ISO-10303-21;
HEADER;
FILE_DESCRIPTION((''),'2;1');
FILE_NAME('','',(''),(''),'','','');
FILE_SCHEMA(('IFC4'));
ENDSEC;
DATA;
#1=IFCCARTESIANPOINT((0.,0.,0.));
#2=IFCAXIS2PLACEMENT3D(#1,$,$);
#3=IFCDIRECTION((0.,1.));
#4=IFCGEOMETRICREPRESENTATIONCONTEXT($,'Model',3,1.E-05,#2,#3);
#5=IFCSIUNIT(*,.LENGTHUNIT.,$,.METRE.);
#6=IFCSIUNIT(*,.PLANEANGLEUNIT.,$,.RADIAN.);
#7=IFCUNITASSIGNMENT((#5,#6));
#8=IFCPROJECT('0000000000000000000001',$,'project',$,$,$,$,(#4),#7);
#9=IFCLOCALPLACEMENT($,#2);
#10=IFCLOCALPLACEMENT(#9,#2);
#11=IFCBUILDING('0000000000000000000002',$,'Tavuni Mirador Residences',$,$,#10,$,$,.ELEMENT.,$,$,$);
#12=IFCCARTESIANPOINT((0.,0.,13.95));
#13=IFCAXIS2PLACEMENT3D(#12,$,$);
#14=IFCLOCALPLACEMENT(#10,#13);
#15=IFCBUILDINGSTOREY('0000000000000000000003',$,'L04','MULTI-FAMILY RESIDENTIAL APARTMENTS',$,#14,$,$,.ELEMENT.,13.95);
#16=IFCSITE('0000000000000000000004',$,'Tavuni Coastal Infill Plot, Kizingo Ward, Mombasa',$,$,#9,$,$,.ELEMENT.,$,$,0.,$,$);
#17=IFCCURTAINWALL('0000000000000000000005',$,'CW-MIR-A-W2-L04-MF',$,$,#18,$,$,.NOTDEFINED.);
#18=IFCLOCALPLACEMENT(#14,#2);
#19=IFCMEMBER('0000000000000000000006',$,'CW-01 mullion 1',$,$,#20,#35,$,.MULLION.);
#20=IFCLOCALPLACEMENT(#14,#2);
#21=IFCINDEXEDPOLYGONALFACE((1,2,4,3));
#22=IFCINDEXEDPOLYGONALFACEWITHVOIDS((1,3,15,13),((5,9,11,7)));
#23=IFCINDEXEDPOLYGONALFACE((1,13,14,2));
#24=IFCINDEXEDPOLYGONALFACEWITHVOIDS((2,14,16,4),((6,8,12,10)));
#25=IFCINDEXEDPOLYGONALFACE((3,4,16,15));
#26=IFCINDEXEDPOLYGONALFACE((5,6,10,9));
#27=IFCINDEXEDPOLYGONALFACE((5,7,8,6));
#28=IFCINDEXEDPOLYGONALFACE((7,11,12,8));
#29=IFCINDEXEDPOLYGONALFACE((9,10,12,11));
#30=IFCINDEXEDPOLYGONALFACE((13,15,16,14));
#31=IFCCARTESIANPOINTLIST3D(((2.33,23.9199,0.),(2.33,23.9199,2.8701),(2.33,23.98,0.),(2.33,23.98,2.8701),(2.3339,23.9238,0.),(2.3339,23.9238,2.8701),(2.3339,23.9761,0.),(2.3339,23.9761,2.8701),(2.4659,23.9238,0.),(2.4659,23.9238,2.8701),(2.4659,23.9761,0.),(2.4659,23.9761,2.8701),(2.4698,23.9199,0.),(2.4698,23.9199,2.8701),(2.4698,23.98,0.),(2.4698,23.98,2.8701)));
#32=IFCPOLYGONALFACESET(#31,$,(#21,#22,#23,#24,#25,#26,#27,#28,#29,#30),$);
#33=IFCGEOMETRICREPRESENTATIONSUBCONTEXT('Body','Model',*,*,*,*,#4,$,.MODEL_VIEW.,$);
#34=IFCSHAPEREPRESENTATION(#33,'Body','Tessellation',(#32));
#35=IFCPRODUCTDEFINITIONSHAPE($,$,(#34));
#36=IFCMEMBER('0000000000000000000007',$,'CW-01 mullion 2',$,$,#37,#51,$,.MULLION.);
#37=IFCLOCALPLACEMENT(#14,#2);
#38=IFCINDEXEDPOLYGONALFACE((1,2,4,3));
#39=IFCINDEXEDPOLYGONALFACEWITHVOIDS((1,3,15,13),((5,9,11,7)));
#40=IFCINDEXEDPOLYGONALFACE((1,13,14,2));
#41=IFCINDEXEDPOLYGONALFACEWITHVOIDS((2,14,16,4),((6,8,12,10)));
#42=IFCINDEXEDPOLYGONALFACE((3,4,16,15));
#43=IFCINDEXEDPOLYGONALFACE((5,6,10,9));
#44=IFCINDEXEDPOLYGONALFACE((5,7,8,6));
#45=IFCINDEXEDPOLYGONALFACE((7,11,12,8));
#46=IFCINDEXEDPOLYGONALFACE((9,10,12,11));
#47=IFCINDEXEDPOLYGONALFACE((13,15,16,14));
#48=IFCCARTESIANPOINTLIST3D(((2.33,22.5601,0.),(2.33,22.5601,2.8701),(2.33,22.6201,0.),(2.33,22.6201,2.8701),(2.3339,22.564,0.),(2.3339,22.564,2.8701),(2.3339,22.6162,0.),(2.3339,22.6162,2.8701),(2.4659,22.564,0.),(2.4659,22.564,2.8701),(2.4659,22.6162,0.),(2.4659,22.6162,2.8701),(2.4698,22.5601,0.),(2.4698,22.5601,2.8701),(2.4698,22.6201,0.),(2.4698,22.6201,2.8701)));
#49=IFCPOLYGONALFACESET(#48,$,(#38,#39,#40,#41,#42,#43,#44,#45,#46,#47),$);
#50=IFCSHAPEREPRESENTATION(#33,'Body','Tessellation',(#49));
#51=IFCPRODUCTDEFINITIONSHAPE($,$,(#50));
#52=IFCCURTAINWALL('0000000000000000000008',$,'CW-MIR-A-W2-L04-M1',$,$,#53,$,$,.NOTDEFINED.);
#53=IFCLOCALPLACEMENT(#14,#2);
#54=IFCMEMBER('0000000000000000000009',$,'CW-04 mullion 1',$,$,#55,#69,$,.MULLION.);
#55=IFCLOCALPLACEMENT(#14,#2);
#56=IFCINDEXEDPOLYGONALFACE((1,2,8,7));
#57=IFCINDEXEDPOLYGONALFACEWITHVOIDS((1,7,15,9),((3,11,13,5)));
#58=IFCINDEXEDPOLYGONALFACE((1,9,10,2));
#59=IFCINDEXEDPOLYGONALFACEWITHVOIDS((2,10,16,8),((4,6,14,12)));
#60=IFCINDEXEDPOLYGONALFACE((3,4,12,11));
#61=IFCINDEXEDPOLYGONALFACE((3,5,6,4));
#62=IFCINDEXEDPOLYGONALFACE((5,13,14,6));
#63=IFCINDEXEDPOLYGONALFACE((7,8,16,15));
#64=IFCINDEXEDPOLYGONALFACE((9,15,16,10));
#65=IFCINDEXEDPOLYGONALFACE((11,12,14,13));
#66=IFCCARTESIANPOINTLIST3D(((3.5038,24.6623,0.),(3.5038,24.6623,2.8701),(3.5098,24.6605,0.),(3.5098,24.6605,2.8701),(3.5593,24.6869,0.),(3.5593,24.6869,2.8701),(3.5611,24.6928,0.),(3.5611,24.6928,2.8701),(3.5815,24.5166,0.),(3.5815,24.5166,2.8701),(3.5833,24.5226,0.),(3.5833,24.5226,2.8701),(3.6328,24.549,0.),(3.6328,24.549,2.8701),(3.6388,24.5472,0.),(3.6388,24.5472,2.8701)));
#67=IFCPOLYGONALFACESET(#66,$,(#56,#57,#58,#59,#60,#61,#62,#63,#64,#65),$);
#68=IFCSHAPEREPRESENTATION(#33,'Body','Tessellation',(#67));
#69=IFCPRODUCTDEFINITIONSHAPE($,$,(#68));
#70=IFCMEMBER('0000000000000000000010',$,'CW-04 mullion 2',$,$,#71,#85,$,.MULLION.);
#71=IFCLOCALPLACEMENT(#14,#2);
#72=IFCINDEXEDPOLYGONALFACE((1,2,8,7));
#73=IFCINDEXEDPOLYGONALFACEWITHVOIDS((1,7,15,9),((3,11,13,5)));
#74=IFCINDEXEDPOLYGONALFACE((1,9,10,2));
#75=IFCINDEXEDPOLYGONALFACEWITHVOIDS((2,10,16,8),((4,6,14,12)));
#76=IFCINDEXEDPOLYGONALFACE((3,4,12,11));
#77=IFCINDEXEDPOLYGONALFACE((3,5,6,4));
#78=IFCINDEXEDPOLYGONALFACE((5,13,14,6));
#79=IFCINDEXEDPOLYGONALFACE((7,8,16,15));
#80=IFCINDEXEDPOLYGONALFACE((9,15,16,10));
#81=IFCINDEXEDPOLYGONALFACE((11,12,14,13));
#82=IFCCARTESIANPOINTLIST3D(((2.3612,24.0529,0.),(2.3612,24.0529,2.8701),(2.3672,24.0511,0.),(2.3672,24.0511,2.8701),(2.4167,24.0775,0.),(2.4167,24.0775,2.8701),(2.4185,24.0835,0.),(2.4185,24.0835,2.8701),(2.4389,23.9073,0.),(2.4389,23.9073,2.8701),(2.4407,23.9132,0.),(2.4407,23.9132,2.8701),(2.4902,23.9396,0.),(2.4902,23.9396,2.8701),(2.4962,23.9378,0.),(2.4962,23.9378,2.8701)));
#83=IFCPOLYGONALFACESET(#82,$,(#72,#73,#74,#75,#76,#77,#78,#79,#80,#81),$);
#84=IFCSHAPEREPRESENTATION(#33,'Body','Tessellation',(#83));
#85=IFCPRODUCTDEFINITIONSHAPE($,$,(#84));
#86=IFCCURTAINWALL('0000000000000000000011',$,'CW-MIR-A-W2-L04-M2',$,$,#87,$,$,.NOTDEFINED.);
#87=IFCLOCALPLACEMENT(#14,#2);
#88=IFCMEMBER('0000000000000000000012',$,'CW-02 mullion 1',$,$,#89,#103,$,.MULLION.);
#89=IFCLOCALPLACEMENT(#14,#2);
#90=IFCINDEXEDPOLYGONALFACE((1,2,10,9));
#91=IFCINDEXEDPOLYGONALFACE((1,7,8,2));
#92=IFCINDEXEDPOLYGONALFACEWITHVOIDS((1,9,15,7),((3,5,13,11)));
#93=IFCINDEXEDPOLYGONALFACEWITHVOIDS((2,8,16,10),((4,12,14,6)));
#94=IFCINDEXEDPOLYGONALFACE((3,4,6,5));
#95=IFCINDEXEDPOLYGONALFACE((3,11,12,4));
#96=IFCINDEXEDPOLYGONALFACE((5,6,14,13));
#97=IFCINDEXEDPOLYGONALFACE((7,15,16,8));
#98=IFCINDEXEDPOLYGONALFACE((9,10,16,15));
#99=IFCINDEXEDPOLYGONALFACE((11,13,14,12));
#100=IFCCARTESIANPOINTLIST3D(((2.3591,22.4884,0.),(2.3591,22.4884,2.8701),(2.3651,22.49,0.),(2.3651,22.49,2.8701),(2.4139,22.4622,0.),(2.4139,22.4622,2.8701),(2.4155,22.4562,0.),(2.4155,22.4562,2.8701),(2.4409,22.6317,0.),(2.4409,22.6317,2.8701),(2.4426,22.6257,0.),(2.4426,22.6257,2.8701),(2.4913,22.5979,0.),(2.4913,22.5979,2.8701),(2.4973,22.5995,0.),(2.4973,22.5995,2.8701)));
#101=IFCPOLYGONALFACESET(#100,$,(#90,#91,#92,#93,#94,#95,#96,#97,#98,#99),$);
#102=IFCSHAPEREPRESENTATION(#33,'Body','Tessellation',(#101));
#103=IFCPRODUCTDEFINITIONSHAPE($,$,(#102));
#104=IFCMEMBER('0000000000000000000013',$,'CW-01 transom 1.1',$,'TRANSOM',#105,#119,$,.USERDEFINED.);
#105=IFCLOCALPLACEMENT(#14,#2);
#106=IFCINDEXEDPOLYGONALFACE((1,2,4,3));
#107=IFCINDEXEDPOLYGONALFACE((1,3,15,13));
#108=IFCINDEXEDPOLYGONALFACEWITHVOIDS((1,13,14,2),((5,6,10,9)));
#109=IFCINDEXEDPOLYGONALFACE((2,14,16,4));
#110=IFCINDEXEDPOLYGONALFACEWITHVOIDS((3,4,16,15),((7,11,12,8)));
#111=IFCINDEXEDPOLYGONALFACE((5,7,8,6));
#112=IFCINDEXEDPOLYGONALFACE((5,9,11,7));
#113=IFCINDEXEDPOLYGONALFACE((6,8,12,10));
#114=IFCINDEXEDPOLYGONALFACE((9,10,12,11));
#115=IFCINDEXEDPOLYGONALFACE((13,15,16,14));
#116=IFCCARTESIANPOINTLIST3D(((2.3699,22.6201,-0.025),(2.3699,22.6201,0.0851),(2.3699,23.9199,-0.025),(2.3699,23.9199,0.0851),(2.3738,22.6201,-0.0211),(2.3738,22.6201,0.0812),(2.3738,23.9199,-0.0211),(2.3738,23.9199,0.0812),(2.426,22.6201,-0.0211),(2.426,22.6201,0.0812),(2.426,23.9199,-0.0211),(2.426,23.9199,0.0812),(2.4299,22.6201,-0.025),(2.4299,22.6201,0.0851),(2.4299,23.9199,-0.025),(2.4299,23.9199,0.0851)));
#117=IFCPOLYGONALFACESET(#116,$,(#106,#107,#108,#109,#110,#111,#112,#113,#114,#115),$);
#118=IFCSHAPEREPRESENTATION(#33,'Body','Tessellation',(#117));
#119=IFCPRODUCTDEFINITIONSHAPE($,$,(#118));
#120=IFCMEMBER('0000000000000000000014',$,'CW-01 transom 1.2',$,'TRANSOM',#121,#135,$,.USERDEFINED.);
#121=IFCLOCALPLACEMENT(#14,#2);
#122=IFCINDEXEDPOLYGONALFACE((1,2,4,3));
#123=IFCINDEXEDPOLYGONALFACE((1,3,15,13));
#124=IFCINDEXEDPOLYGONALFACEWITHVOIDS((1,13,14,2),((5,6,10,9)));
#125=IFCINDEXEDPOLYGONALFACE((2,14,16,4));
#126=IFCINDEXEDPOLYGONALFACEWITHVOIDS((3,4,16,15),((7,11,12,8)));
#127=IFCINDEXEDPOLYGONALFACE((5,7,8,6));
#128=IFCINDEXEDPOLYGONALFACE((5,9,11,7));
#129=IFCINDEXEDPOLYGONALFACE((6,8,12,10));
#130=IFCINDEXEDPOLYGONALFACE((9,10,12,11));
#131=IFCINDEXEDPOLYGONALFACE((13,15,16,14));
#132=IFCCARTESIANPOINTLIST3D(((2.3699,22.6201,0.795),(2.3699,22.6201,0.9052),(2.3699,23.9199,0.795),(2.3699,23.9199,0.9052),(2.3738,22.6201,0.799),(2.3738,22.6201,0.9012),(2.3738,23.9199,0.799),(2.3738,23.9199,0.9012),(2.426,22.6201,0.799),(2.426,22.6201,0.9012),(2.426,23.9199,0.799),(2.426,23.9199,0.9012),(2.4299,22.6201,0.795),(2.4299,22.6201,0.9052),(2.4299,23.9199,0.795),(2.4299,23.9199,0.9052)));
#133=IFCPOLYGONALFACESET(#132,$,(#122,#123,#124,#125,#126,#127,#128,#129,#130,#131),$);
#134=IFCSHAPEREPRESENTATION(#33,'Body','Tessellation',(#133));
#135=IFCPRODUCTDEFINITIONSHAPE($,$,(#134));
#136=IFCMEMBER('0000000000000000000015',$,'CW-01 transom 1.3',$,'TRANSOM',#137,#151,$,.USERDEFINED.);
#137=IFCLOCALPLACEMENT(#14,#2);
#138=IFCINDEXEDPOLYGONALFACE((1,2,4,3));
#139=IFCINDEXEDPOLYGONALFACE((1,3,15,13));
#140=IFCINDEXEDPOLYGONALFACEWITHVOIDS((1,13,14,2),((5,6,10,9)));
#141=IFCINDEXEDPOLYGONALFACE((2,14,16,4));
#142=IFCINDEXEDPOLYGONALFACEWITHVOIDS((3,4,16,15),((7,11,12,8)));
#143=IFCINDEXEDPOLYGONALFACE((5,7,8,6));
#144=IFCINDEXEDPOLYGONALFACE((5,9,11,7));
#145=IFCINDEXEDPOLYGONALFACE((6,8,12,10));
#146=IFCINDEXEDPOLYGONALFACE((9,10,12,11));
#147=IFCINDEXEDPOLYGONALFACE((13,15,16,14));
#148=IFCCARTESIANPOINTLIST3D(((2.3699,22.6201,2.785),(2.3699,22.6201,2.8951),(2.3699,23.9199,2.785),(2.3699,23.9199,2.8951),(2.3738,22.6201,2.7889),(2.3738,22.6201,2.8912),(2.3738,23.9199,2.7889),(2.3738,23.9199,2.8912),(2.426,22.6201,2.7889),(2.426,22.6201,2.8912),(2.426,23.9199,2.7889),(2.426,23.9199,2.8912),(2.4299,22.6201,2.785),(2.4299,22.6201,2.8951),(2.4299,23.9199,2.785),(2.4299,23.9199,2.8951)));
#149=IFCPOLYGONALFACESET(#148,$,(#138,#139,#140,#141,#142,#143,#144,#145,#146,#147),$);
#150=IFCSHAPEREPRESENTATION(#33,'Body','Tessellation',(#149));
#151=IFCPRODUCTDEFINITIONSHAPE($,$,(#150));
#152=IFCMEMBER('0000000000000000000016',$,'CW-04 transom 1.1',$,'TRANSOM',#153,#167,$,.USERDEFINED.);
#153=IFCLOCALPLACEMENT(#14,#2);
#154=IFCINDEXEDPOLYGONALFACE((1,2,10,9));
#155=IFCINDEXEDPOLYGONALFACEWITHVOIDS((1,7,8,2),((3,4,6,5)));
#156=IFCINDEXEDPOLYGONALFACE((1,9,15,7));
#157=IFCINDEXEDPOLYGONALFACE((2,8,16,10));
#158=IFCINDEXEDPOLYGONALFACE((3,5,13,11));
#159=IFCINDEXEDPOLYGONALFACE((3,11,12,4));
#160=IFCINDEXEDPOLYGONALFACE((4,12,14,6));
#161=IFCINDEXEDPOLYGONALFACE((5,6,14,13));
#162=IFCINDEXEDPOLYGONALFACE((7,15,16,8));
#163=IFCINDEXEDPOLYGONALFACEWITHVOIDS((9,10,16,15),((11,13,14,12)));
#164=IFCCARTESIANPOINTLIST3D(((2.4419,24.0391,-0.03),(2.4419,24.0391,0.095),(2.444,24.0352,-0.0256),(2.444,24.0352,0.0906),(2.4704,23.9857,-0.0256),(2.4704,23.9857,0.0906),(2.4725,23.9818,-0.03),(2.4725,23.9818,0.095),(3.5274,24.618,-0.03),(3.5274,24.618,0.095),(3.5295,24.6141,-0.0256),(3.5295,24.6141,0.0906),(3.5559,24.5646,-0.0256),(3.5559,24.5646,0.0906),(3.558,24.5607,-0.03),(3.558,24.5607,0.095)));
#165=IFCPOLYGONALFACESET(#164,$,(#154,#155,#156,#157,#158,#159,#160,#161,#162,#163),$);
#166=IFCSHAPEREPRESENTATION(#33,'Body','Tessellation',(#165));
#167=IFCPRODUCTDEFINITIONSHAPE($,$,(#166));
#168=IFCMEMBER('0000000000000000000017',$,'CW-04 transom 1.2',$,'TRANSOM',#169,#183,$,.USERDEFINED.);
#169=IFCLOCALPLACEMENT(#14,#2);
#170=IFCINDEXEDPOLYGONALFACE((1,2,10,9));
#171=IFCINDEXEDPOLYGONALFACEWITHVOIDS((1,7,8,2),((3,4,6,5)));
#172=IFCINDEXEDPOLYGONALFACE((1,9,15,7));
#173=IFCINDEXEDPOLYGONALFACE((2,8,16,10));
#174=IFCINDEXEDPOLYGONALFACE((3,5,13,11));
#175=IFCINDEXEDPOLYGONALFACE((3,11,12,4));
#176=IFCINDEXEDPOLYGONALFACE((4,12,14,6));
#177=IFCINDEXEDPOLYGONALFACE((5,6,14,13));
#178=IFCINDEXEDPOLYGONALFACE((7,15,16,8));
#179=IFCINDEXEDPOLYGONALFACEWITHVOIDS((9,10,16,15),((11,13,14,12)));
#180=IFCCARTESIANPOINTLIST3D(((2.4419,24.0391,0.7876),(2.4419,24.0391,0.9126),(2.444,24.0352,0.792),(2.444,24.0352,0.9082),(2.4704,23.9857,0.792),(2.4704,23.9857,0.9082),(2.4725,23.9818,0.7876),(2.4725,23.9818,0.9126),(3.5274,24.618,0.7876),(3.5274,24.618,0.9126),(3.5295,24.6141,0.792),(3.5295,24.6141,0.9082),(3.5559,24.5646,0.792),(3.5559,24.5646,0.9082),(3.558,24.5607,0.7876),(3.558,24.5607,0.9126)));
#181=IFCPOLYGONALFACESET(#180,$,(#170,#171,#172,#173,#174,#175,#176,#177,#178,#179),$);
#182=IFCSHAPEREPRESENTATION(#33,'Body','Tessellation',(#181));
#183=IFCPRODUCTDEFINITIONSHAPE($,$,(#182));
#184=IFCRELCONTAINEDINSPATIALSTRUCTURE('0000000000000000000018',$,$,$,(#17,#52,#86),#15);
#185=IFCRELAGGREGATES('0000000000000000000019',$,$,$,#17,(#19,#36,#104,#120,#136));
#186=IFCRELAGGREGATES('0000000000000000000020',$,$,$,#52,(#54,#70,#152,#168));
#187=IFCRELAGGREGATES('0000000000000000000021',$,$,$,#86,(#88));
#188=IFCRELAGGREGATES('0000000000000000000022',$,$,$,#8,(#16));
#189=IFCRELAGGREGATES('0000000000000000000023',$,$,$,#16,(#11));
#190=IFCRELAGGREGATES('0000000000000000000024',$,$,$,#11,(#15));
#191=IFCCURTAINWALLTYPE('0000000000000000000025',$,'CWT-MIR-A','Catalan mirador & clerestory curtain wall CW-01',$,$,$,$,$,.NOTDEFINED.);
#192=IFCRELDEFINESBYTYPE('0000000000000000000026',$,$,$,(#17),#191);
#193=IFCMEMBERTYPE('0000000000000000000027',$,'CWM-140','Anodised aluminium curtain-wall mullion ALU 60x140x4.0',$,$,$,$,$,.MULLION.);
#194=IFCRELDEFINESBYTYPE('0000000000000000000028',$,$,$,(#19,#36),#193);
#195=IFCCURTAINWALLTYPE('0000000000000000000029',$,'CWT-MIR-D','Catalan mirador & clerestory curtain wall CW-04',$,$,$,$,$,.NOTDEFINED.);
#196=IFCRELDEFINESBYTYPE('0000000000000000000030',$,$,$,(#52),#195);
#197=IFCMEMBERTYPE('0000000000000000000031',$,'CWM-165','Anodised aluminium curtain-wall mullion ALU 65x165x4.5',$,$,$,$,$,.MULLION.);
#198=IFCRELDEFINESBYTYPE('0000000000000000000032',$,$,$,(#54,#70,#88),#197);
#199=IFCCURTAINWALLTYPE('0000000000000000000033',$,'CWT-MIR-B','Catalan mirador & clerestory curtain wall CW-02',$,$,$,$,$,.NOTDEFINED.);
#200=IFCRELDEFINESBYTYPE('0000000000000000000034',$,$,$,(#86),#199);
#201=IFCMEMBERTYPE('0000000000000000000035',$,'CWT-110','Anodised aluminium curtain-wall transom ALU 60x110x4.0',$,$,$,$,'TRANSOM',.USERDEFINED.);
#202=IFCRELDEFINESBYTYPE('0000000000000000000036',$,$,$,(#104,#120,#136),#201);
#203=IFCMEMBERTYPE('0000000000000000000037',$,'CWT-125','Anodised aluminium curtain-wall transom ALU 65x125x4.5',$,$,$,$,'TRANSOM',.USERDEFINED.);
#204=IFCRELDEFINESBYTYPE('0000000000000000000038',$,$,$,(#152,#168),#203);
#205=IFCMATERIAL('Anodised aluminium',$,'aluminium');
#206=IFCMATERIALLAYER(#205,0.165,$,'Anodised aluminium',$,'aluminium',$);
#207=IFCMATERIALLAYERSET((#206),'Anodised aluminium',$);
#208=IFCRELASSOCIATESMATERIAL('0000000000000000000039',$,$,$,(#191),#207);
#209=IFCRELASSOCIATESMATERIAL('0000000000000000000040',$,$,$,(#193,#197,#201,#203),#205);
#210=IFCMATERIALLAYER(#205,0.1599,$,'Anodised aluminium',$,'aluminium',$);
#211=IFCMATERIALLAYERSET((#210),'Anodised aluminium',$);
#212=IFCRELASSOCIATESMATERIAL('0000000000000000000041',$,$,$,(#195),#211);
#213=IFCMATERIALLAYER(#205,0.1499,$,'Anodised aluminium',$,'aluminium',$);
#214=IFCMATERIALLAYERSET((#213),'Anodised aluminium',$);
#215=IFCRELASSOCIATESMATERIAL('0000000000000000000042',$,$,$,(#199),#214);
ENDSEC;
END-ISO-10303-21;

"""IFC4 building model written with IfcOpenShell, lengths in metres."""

from ifc_helpers import new_model, si_unit, direction, frame, origin, origin_2d, place, context, subcontext, project, spatial, hollow_rectangle, extrude, material, layer, layer_set, material_profile, profile_set, type_object, element, aggregate, save


model = new_model("IFC4")

# Units and contexts
model_context = context("Model", 3, precision=1e-05, world=origin(), true_north=direction((0.0, 1.0)))
body_context = subcontext(model_context, "Body", "Model", "MODEL_VIEW")
ifc_project = project(units=[si_unit("LENGTHUNIT", "METRE"), si_unit("PLANEANGLEUNIT", "RADIAN")], contexts=[model_context])

# Site, building, storey
site_placement = place(None, origin())
site = spatial("IfcSite", under=ifc_project, at=site_placement, Name="Tavuni Coastal Infill Plot, Kizingo Ward, Mombasa", CompositionType="ELEMENT", RefElevation=0.0)
building_placement = place(site_placement, origin())
building = spatial("IfcBuilding", under=site, at=building_placement, Name="Tavuni Mirador Residences", CompositionType="ELEMENT")
storey_placement = place(building_placement, frame((0.0, 0.0, 13.95)))
storey = spatial("IfcBuildingStorey", under=building, at=storey_placement, Name="L04", Description="MULTI-FAMILY RESIDENTIAL APARTMENTS", CompositionType="ELEMENT", Elevation=13.95)

# Curtain walls, members
ifc_material_1 = material(Name="Anodised aluminium", Category="aluminium")
ifc_layer_1 = layer(ifc_material_1, 0.165, Name="Anodised aluminium", Category="aluminium")
ifc_layer_set_1 = layer_set([ifc_layer_1], Name="Anodised aluminium")
curtain_wall_type_1 = type_object("IfcCurtainWallType", Name="CWT-MIR-A", Description="Catalan mirador & clerestory curtain wall CW-01", PredefinedType="NOTDEFINED", material=ifc_layer_set_1)
curtain_wall_1_placement = place(storey_placement, origin())
curtain_wall_1 = element("IfcCurtainWall", 1, at=curtain_wall_1_placement, inside=storey, type_object=curtain_wall_type_1, Name="CW-MIR-A-W2-L04-MF", PredefinedType="NOTDEFINED")
ifc_material_profile_1 = material_profile(ifc_material_1, hollow_rectangle(XDim=0.0601, YDim=0.1399, WallThickness=0.0039, at=origin_2d()), Name="ALU 60x140x4.0", Category="aluminium")
ifc_profile_set_1 = profile_set([ifc_material_profile_1], Name="Anodised aluminium")
member_type_1 = type_object("IfcMemberType", Name="CWM-140", Description="Anodised aluminium curtain-wall mullion ALU 60x140x4.0", PredefinedType="MULLION", material=ifc_profile_set_1)
member_1_placement = place(storey_placement, frame((2.3999, 23.95, 0.0), z_axis=(0.0, 0.0, 1.0), x_axis=(0.0, -1.0, 0.0)))
member_1 = element("IfcMember", 2, at=member_1_placement, type_object=member_type_1, Name="CW-01 mullion 1", PredefinedType="MULLION", context=body_context, shape_type="SweptSolid", body=[
    extrude(hollow_rectangle(XDim=0.0601, YDim=0.1399, WallThickness=0.0039, at=origin_2d()), origin(), (0.0, 0.0, 1.0), 2.8701),
])
member_2_placement = place(storey_placement, frame((2.3999, 22.5901, 0.0), z_axis=(0.0, 0.0, 1.0), x_axis=(0.0, -1.0, 0.0)))
member_2 = element("IfcMember", 3, at=member_2_placement, type_object=member_type_1, Name="CW-01 mullion 2", PredefinedType="MULLION", context=body_context, shape_type="SweptSolid", body=[
    extrude(hollow_rectangle(XDim=0.0601, YDim=0.1399, WallThickness=0.0039, at=origin_2d()), origin(), (0.0, 0.0, 1.0), 2.8701),
])
ifc_layer_2 = layer(ifc_material_1, 0.1599, Name="Anodised aluminium", Category="aluminium")
ifc_layer_set_2 = layer_set([ifc_layer_2], Name="Anodised aluminium")
curtain_wall_type_2 = type_object("IfcCurtainWallType", Name="CWT-MIR-D", Description="Catalan mirador & clerestory curtain wall CW-04", PredefinedType="NOTDEFINED", material=ifc_layer_set_2)
curtain_wall_2_placement = place(storey_placement, origin())
curtain_wall_2 = element("IfcCurtainWall", 4, at=curtain_wall_2_placement, inside=storey, type_object=curtain_wall_type_2, Name="CW-MIR-A-W2-L04-M1", PredefinedType="NOTDEFINED")
ifc_material_profile_2 = material_profile(ifc_material_1, hollow_rectangle(XDim=0.0649, YDim=0.165, WallThickness=0.0044, at=origin_2d()), Name="ALU 65x165x4.5", Category="aluminium")
ifc_profile_set_2 = profile_set([ifc_material_profile_2], Name="Anodised aluminium")
member_type_2 = type_object("IfcMemberType", Name="CWM-165", Description="Anodised aluminium curtain-wall mullion ALU 65x165x4.5", PredefinedType="MULLION", material=ifc_profile_set_2)
member_3_placement = place(storey_placement, frame((3.5713, 24.6047, 0.0), z_axis=(0.0, 0.0, 1.0), x_axis=(-0.882353, -0.470588, 0.0)))
member_3 = element("IfcMember", 5, at=member_3_placement, type_object=member_type_2, Name="CW-04 mullion 1", PredefinedType="MULLION", context=body_context, shape_type="SweptSolid", body=[
    extrude(hollow_rectangle(XDim=0.0649, YDim=0.165, WallThickness=0.0044, at=origin_2d()), origin(), (0.0, 0.0, 1.0), 2.8701),
])
member_4_placement = place(storey_placement, frame((2.4287, 23.9954, 0.0), z_axis=(0.0, 0.0, 1.0), x_axis=(-0.882353, -0.470588, 0.0)))
member_4 = element("IfcMember", 6, at=member_4_placement, type_object=member_type_2, Name="CW-04 mullion 2", PredefinedType="MULLION", context=body_context, shape_type="SweptSolid", body=[
    extrude(hollow_rectangle(XDim=0.0649, YDim=0.165, WallThickness=0.0044, at=origin_2d()), origin(), (0.0, 0.0, 1.0), 2.8701),
])

# Curtain wall, member
ifc_layer_3 = layer(ifc_material_1, 0.1499, Name="Anodised aluminium", Category="aluminium")
ifc_layer_set_3 = layer_set([ifc_layer_3], Name="Anodised aluminium")
curtain_wall_type_3 = type_object("IfcCurtainWallType", Name="CWT-MIR-B", Description="Catalan mirador & clerestory curtain wall CW-02", PredefinedType="NOTDEFINED", material=ifc_layer_set_3)
curtain_wall_3_placement = place(storey_placement, origin())
curtain_wall_3 = element("IfcCurtainWall", 7, at=curtain_wall_3_placement, inside=storey, type_object=curtain_wall_type_3, Name="CW-MIR-A-W2-L04-M2", PredefinedType="NOTDEFINED")
member_5_placement = place(storey_placement, frame((2.4282, 22.5439, 0.0), z_axis=(0.0, 0.0, 1.0), x_axis=(0.868466, -0.495749, 0.0)))
member_5 = element("IfcMember", 8, at=member_5_placement, type_object=member_type_2, Name="CW-02 mullion 1", PredefinedType="MULLION", context=body_context, shape_type="SweptSolid", body=[
    extrude(hollow_rectangle(XDim=0.0649, YDim=0.165, WallThickness=0.0044, at=origin_2d()), origin(), (0.0, 0.0, 1.0), 2.8701),
])

# Members
ifc_material_profile_3 = material_profile(ifc_material_1, hollow_rectangle(XDim=0.0601, YDim=0.1101, WallThickness=0.0039, at=origin_2d()), Name="ALU 60x110x4.0", Category="aluminium")
ifc_profile_set_3 = profile_set([ifc_material_profile_3], Name="Anodised aluminium")
member_type_3 = type_object("IfcMemberType", Name="CWT-110", Description="Anodised aluminium curtain-wall transom ALU 60x110x4.0", ElementType="TRANSOM", PredefinedType="USERDEFINED", material=ifc_profile_set_3)
member_6_placement = place(storey_placement, frame((2.3999, 23.9199, 0.03), z_axis=(0.0, -1.0, 0.0), x_axis=(1.0, 0.0, 0.0)))
member_6 = element("IfcMember", 9, at=member_6_placement, type_object=member_type_3, Name="CW-01 transom 1.1", ObjectType="TRANSOM", PredefinedType="USERDEFINED", context=body_context, shape_type="SweptSolid", body=[
    extrude(hollow_rectangle(XDim=0.0601, YDim=0.1101, WallThickness=0.0039, at=origin_2d()), origin(), (0.0, 0.0, 1.0), 1.2998),
])
member_7_placement = place(storey_placement, frame((2.3999, 23.9199, 0.8501), z_axis=(0.0, -1.0, 0.0), x_axis=(1.0, 0.0, 0.0)))
member_7 = element("IfcMember", 10, at=member_7_placement, type_object=member_type_3, Name="CW-01 transom 1.2", ObjectType="TRANSOM", PredefinedType="USERDEFINED", context=body_context, shape_type="SweptSolid", body=[
    extrude(hollow_rectangle(XDim=0.0601, YDim=0.1101, WallThickness=0.0039, at=origin_2d()), origin(), (0.0, 0.0, 1.0), 1.2998),
])
member_8_placement = place(storey_placement, frame((2.3999, 23.9199, 2.8401), z_axis=(0.0, -1.0, 0.0), x_axis=(1.0, 0.0, 0.0)))
member_8 = element("IfcMember", 11, at=member_8_placement, type_object=member_type_3, Name="CW-01 transom 1.3", ObjectType="TRANSOM", PredefinedType="USERDEFINED", context=body_context, shape_type="SweptSolid", body=[
    extrude(hollow_rectangle(XDim=0.0601, YDim=0.1101, WallThickness=0.0039, at=origin_2d()), origin(), (0.0, 0.0, 1.0), 1.2998),
])
ifc_material_profile_4 = material_profile(ifc_material_1, hollow_rectangle(XDim=0.0649, YDim=0.125, WallThickness=0.0044, at=origin_2d()), Name="ALU 65x125x4.5", Category="aluminium")
ifc_profile_set_4 = profile_set([ifc_material_profile_4], Name="Anodised aluminium")
member_type_4 = type_object("IfcMemberType", Name="CWT-125", Description="Anodised aluminium curtain-wall transom ALU 65x125x4.5", ElementType="TRANSOM", PredefinedType="USERDEFINED", material=ifc_profile_set_4)
member_9_placement = place(storey_placement, frame((3.5427, 24.5894, 0.0325), z_axis=(-0.882369, -0.470557, 0.0), x_axis=(0.470557, -0.882369, 0.0)))
member_9 = element("IfcMember", 12, at=member_9_placement, type_object=member_type_4, Name="CW-04 transom 1.1", ObjectType="TRANSOM", PredefinedType="USERDEFINED", context=body_context, shape_type="SweptSolid", body=[
    extrude(hollow_rectangle(XDim=0.0649, YDim=0.125, WallThickness=0.0044, at=origin_2d()), origin(), (0.0, 0.0, 1.0), 1.2302),
])
member_10_placement = place(storey_placement, frame((3.5427, 24.5894, 0.8501), z_axis=(-0.882369, -0.470557, 0.0), x_axis=(0.470557, -0.882369, 0.0)))
member_10 = element("IfcMember", 13, at=member_10_placement, type_object=member_type_4, Name="CW-04 transom 1.2", ObjectType="TRANSOM", PredefinedType="USERDEFINED", context=body_context, shape_type="SweptSolid", body=[
    extrude(hollow_rectangle(XDim=0.0649, YDim=0.125, WallThickness=0.0044, at=origin_2d()), origin(), (0.0, 0.0, 1.0), 1.2302),
])

aggregate(curtain_wall_1, [member_1, member_2, member_6, member_7, member_8])
aggregate(curtain_wall_2, [member_3, member_4, member_9, member_10])
aggregate(curtain_wall_3, [member_5])

save(model, "model.ifc")
